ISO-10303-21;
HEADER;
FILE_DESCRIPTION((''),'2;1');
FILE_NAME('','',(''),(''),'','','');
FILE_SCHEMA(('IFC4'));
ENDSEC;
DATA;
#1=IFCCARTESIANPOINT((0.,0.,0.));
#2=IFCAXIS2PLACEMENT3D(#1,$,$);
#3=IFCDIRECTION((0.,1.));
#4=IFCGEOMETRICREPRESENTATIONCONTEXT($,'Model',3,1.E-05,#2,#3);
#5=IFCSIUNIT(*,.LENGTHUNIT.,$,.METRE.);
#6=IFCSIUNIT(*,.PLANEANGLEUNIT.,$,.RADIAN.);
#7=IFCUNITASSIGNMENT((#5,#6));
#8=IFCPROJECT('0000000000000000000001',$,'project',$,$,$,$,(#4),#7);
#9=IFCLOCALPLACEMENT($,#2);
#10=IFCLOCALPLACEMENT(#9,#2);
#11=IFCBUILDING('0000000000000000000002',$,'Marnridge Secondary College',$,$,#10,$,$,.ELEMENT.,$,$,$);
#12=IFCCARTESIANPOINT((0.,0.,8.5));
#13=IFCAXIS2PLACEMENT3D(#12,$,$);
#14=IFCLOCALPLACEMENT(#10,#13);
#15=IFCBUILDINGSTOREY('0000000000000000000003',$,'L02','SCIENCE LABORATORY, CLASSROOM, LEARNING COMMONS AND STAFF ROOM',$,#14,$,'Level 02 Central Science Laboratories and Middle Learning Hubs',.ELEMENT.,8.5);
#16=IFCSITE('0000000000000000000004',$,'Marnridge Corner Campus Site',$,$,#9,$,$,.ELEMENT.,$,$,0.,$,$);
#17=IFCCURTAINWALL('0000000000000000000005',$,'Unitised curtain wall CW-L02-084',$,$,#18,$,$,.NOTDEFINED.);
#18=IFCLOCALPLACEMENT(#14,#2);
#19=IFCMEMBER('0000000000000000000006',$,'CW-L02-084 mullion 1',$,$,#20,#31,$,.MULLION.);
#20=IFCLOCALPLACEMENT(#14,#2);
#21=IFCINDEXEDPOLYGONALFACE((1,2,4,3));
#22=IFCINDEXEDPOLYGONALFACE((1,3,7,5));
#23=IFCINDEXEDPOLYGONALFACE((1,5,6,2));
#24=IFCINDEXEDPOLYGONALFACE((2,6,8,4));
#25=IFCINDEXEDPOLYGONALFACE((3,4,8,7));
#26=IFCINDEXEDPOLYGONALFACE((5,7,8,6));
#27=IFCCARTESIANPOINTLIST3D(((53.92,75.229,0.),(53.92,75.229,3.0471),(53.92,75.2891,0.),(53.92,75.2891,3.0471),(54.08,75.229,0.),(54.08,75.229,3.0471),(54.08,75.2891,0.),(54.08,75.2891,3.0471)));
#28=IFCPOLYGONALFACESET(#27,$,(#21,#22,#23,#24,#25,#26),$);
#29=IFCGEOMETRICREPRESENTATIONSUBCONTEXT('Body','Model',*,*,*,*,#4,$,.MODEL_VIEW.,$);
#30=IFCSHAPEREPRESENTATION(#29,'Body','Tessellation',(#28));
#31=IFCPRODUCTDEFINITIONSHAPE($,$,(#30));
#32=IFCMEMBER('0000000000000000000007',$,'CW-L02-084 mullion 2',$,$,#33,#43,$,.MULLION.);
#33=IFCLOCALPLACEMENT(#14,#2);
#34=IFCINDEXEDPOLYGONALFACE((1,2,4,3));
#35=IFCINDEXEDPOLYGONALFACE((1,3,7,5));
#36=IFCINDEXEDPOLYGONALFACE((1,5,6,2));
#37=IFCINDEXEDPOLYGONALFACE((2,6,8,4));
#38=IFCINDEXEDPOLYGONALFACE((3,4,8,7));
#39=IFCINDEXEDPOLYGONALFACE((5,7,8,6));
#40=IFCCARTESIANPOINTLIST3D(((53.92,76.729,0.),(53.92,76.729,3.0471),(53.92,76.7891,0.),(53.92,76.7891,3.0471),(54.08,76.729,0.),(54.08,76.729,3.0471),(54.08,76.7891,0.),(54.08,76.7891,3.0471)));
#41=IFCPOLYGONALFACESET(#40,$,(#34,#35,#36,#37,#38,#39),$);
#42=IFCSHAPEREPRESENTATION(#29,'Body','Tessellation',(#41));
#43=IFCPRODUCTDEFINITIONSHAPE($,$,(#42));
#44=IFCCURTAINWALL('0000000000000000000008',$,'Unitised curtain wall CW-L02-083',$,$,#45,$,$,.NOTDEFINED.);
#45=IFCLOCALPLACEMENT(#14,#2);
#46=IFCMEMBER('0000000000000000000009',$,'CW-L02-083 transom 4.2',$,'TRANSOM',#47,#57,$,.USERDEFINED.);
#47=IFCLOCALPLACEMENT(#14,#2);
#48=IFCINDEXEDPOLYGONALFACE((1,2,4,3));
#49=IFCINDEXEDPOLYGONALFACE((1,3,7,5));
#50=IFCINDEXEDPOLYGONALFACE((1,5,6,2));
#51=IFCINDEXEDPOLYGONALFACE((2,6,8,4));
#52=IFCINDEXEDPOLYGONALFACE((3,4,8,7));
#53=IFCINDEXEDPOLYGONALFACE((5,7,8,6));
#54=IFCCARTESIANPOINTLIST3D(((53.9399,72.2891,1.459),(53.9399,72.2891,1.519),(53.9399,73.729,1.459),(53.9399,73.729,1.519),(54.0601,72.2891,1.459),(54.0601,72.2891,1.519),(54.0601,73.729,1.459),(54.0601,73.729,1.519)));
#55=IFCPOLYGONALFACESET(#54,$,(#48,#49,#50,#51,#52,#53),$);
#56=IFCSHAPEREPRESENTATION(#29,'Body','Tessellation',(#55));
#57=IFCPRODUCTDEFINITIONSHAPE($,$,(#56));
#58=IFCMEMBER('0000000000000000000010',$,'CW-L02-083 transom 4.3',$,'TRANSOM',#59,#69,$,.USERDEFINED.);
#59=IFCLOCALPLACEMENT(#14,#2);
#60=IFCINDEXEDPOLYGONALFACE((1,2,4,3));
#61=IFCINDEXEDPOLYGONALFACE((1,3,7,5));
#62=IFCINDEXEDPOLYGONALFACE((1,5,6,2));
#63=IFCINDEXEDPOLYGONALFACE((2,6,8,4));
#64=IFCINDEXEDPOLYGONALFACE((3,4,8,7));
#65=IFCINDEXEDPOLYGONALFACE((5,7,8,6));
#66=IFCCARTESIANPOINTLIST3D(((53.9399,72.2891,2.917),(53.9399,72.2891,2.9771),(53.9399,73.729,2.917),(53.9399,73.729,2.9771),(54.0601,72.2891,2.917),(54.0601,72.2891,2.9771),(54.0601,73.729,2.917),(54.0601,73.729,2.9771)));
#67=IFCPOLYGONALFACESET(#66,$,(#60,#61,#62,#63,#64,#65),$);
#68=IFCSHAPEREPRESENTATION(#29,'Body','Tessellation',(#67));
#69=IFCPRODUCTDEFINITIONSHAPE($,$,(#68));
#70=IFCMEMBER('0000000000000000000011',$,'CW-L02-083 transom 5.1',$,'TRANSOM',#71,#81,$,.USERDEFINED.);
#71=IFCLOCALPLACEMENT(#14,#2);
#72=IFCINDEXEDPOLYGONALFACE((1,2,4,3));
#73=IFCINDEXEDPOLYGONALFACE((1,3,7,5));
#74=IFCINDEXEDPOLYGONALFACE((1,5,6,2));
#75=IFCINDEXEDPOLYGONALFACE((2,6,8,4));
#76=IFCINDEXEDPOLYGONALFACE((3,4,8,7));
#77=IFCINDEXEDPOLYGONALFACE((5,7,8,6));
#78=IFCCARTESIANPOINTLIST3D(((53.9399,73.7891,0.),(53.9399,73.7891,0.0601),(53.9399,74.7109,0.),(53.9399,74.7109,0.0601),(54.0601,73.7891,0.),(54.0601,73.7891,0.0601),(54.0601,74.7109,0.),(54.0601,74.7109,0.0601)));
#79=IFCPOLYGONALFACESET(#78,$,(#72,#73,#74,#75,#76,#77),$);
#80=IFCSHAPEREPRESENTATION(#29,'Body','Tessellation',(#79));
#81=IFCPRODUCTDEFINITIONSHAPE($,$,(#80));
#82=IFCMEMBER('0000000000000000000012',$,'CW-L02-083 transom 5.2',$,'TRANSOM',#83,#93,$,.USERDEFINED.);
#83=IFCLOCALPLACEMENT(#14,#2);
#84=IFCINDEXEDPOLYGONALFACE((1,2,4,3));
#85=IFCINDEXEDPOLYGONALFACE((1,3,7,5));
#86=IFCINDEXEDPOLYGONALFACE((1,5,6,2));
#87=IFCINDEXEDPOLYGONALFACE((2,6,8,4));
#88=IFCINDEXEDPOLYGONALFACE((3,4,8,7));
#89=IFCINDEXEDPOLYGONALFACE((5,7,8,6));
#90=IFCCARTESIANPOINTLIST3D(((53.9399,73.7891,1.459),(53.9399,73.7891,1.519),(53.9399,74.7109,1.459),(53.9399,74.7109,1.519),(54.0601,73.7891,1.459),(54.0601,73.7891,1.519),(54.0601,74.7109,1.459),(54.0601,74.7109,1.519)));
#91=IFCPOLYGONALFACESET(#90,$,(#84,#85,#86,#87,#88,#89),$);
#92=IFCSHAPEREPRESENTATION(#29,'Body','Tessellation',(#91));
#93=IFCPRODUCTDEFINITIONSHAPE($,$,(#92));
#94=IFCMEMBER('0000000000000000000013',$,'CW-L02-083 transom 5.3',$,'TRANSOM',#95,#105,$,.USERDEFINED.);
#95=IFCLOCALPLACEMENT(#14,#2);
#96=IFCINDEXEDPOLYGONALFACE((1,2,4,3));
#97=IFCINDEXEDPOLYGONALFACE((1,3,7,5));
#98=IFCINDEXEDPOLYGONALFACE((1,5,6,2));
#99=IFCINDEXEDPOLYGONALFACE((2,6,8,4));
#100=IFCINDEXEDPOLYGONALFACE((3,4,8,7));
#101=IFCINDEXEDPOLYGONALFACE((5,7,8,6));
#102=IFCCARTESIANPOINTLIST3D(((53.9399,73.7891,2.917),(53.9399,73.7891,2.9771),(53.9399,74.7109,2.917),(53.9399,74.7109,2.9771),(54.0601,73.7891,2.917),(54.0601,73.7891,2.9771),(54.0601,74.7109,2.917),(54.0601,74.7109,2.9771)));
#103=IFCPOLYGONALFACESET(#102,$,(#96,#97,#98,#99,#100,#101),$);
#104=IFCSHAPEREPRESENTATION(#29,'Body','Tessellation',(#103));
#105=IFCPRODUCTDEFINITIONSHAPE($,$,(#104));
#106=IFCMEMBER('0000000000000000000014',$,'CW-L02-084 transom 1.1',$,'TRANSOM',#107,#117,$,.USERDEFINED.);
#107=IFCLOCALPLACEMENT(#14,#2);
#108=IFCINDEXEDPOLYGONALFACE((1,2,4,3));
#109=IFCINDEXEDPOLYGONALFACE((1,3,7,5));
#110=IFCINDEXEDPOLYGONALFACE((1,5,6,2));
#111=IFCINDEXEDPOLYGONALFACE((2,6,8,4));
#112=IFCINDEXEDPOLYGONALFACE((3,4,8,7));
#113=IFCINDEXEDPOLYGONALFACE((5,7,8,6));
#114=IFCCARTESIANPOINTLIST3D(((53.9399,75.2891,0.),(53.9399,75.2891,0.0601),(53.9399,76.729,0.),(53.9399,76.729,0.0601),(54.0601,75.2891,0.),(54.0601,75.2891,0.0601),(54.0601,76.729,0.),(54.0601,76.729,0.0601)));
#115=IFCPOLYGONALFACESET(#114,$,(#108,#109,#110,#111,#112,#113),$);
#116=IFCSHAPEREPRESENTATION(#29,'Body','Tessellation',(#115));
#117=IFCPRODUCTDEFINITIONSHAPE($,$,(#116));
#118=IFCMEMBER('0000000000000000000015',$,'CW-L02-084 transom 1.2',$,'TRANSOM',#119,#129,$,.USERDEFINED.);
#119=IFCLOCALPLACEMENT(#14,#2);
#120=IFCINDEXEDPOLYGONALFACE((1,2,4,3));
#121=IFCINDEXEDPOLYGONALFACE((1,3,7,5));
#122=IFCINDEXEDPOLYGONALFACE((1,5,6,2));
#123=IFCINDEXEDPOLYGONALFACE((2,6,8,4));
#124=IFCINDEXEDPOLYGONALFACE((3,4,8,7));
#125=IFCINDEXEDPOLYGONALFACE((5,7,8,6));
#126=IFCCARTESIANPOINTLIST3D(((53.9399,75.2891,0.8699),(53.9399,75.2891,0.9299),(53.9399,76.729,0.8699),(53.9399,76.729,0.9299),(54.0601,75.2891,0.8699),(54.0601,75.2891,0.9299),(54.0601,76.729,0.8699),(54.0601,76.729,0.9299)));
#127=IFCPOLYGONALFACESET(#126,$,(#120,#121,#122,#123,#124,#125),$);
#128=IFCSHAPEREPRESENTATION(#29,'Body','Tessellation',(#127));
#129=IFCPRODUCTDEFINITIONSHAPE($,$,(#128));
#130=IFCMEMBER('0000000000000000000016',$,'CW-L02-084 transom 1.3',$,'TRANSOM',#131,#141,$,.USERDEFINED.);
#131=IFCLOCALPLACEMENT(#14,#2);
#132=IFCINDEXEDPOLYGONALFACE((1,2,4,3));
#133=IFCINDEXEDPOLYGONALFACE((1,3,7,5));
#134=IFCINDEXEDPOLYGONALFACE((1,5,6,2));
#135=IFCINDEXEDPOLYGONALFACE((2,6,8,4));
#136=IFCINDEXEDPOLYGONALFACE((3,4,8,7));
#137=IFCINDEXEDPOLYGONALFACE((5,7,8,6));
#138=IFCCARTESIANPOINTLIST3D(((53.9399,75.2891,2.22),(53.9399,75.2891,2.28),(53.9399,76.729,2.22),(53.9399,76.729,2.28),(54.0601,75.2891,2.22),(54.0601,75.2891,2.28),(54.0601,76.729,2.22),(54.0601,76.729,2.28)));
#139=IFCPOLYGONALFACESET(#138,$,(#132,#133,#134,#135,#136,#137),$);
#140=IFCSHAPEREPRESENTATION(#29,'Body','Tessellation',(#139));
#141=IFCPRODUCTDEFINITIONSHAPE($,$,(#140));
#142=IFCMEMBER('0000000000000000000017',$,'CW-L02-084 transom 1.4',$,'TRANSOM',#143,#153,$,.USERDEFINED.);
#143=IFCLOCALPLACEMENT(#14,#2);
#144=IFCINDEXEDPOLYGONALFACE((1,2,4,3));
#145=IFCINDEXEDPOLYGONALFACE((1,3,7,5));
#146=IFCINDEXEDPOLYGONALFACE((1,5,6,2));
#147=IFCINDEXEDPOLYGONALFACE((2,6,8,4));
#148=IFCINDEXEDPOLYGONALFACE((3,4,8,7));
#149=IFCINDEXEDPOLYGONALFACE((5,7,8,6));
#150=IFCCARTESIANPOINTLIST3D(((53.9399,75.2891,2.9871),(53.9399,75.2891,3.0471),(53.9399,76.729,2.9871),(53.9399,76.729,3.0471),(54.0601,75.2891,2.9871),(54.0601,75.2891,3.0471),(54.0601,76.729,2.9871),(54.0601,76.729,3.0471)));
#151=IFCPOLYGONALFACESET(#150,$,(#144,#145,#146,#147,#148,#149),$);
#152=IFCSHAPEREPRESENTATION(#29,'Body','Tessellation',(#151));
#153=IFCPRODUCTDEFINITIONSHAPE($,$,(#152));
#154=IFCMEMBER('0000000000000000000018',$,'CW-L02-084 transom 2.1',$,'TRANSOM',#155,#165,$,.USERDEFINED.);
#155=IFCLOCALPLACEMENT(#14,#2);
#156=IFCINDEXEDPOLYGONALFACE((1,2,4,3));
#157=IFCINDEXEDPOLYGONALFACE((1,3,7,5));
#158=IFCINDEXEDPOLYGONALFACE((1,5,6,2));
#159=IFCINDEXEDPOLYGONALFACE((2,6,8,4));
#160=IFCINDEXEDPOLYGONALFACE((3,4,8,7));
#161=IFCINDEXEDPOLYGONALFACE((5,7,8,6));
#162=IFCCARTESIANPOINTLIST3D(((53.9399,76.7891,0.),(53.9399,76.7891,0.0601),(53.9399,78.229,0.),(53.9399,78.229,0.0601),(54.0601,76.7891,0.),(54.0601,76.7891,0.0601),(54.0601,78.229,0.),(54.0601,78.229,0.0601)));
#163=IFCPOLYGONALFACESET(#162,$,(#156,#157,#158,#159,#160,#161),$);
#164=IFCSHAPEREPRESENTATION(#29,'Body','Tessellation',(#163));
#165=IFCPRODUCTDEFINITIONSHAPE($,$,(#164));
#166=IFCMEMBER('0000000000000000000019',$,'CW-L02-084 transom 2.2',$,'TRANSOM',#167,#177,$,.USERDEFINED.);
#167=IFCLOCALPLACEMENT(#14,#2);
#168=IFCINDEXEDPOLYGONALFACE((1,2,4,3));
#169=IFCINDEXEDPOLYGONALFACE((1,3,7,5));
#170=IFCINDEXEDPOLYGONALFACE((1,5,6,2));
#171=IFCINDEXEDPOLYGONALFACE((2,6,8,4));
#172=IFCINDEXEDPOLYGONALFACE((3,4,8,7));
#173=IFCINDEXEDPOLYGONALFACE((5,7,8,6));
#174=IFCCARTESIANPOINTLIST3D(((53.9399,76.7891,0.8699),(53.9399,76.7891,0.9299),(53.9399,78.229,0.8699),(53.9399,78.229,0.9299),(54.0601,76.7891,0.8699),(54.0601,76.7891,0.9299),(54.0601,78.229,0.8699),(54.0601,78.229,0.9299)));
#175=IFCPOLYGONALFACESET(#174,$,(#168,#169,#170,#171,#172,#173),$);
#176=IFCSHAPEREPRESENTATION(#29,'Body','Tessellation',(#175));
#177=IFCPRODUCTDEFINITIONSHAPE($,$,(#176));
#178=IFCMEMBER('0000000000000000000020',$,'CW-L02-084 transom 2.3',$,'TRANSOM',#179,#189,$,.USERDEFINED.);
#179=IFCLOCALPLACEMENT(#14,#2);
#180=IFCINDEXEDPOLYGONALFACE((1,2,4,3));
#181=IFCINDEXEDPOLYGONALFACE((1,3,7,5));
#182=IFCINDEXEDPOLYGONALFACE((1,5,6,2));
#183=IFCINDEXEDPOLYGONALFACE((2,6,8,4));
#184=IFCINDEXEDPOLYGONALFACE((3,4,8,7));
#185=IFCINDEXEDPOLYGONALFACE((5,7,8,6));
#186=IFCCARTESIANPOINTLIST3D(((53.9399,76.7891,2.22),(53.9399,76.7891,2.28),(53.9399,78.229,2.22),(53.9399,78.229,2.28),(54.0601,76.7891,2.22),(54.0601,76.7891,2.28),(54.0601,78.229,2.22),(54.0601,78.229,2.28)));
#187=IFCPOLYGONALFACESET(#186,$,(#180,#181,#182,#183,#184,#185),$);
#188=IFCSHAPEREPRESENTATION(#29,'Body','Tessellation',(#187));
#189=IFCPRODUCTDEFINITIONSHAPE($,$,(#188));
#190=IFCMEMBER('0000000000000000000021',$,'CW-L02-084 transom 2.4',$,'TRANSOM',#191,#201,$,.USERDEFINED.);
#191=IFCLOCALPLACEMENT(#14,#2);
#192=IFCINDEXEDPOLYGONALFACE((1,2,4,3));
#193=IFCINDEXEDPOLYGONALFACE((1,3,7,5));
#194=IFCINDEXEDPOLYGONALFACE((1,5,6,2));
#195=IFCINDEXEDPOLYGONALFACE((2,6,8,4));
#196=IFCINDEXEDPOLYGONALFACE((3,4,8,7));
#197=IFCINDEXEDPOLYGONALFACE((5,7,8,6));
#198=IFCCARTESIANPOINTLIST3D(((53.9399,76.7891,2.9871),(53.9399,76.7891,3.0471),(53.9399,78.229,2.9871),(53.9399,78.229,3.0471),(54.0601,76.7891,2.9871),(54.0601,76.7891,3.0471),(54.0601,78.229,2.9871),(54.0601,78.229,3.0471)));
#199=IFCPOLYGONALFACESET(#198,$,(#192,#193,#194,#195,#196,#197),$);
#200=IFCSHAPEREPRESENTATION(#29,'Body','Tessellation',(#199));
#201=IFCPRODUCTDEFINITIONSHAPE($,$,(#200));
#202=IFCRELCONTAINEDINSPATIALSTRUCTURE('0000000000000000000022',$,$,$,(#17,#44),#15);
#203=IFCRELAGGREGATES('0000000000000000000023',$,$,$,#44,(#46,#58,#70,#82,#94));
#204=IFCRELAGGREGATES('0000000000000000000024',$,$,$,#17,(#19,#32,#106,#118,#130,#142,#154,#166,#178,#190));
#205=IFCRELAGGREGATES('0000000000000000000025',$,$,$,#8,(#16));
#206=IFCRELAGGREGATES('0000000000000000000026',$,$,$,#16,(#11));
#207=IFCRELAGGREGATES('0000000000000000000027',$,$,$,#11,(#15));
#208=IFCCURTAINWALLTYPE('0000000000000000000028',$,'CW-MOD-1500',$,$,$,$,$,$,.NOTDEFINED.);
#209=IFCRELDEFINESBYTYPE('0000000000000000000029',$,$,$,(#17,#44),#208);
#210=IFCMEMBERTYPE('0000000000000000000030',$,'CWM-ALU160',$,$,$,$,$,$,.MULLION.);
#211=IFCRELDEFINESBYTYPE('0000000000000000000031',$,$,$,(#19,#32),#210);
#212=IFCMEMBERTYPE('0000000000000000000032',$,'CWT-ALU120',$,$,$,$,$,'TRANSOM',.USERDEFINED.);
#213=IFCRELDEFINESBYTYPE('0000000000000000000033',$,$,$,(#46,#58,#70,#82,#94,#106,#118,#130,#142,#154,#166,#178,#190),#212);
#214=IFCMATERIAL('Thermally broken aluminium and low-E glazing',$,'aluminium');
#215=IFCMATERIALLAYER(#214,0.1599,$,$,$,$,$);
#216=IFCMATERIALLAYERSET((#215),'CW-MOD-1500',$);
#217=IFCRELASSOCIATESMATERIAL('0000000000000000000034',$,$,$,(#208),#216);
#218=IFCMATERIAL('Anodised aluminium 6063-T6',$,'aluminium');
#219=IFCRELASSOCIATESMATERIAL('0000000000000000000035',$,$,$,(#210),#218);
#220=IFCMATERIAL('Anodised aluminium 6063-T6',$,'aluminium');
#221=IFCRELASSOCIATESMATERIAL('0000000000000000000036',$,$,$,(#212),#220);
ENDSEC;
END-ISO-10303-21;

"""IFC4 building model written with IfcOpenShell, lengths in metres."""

from ifc_helpers import new_model, si_unit, direction, frame, origin, origin_2d, place, context, subcontext, project, spatial, rectangle, extrude, material, layer, layer_set, material_profile, profile_set, type_object, element, aggregate, save


model = new_model("IFC4")

# Units and contexts
model_context = context("Model", 3, precision=1e-05, world=origin(), true_north=direction((0.0, 1.0)))
body_context = subcontext(model_context, "Body", "Model", "MODEL_VIEW")
ifc_project = project(units=[si_unit("LENGTHUNIT", "METRE"), si_unit("PLANEANGLEUNIT", "RADIAN")], contexts=[model_context])

# Site, building, storey
site_placement = place(None, origin())
site = spatial("IfcSite", under=ifc_project, at=site_placement, Name="Marnridge Corner Campus Site", CompositionType="ELEMENT", RefElevation=0.0)
building_placement = place(site_placement, origin())
building = spatial("IfcBuilding", under=site, at=building_placement, Name="Marnridge Secondary College", CompositionType="ELEMENT")
storey_placement = place(building_placement, frame((0.0, 0.0, 8.5)))
storey = spatial("IfcBuildingStorey", under=building, at=storey_placement, Name="L02", Description="SCIENCE LABORATORY, CLASSROOM, LEARNING COMMONS AND STAFF ROOM", LongName="Level 02 Central Science Laboratories and Middle Learning Hubs", CompositionType="ELEMENT", Elevation=8.5)

# Curtain walls, members
ifc_material_1 = material(Name="Thermally broken aluminium and low-E glazing", Category="aluminium")
ifc_layer_1 = layer(ifc_material_1, 0.1599)
ifc_layer_set_1 = layer_set([ifc_layer_1], Name="CW-MOD-1500")
curtain_wall_type = type_object("IfcCurtainWallType", Name="CW-MOD-1500", PredefinedType="NOTDEFINED", material=ifc_layer_set_1)
curtain_wall_1_placement = place(storey_placement, origin())
curtain_wall_1 = element("IfcCurtainWall", 1, at=curtain_wall_1_placement, inside=storey, type_object=curtain_wall_type, Name="Unitised curtain wall CW-L02-084", PredefinedType="NOTDEFINED")
ifc_material_2 = material(Name="Anodised aluminium 6063-T6", Category="aluminium")
ifc_material_profile_1 = material_profile(ifc_material_2, rectangle(XDim=0.0601, YDim=0.1599, at=origin_2d()), Name="ALU 60x160")
ifc_profile_set_1 = profile_set([ifc_material_profile_1], Name="Anodised aluminium 6063-T6")
member_type_1 = type_object("IfcMemberType", Name="CWM-ALU160", PredefinedType="MULLION", material=ifc_profile_set_1)
member_1_placement = place(storey_placement, frame((54.0, 75.259, 0.0), z_axis=(0.0, 0.0, 1.0), x_axis=(0.0, 1.0, 0.0)))
member_1 = element("IfcMember", 2, at=member_1_placement, type_object=member_type_1, Name="CW-L02-084 mullion 1", PredefinedType="MULLION", context=body_context, shape_type="SweptSolid", body=[
    extrude(rectangle(XDim=0.0601, YDim=0.1599, at=origin_2d()), origin(), (0.0, 0.0, 1.0), 3.0471),
])
member_2_placement = place(storey_placement, frame((54.0, 76.759, 0.0), z_axis=(0.0, 0.0, 1.0), x_axis=(0.0, 1.0, 0.0)))
member_2 = element("IfcMember", 3, at=member_2_placement, type_object=member_type_1, Name="CW-L02-084 mullion 2", PredefinedType="MULLION", context=body_context, shape_type="SweptSolid", body=[
    extrude(rectangle(XDim=0.0601, YDim=0.1599, at=origin_2d()), origin(), (0.0, 0.0, 1.0), 3.0471),
])
curtain_wall_2_placement = place(storey_placement, origin())
curtain_wall_2 = element("IfcCurtainWall", 4, at=curtain_wall_2_placement, inside=storey, type_object=curtain_wall_type, Name="Unitised curtain wall CW-L02-083", PredefinedType="NOTDEFINED")
ifc_material_3 = material(Name="Anodised aluminium 6063-T6", Category="aluminium")
ifc_material_profile_2 = material_profile(ifc_material_3, rectangle(XDim=0.0601, YDim=0.1201, at=origin_2d()), Name="ALU 60x120")
ifc_profile_set_2 = profile_set([ifc_material_profile_2], Name="Anodised aluminium 6063-T6")
member_type_2 = type_object("IfcMemberType", Name="CWT-ALU120", ElementType="TRANSOM", PredefinedType="USERDEFINED", material=ifc_profile_set_2)
member_3_placement = place(storey_placement, frame((54.0, 72.2891, 1.489), z_axis=(0.0, 1.0, 0.0), x_axis=(0.0, 0.0, 1.0)))
member_3 = element("IfcMember", 5, at=member_3_placement, type_object=member_type_2, Name="CW-L02-083 transom 4.2", ObjectType="TRANSOM", PredefinedType="USERDEFINED", context=body_context, shape_type="SweptSolid", body=[
    extrude(rectangle(XDim=0.0601, YDim=0.1201, at=origin_2d()), origin(), (0.0, 0.0, 1.0), 1.4399),
])
member_4_placement = place(storey_placement, frame((54.0, 72.2891, 2.947), z_axis=(0.0, 1.0, 0.0), x_axis=(0.0, 0.0, 1.0)))
member_4 = element("IfcMember", 6, at=member_4_placement, type_object=member_type_2, Name="CW-L02-083 transom 4.3", ObjectType="TRANSOM", PredefinedType="USERDEFINED", context=body_context, shape_type="SweptSolid", body=[
    extrude(rectangle(XDim=0.0601, YDim=0.1201, at=origin_2d()), origin(), (0.0, 0.0, 1.0), 1.4399),
])
member_5_placement = place(storey_placement, frame((54.0, 73.7891, 0.03), z_axis=(0.0, 1.0, 0.0), x_axis=(0.0, 0.0, 1.0)))
member_5 = element("IfcMember", 7, at=member_5_placement, type_object=member_type_2, Name="CW-L02-083 transom 5.1", ObjectType="TRANSOM", PredefinedType="USERDEFINED", context=body_context, shape_type="SweptSolid", body=[
    extrude(rectangle(XDim=0.0601, YDim=0.1201, at=origin_2d()), origin(), (0.0, 0.0, 1.0), 0.9219),
])
member_6_placement = place(storey_placement, frame((54.0, 73.7891, 1.489), z_axis=(0.0, 1.0, 0.0), x_axis=(0.0, 0.0, 1.0)))
member_6 = element("IfcMember", 8, at=member_6_placement, type_object=member_type_2, Name="CW-L02-083 transom 5.2", ObjectType="TRANSOM", PredefinedType="USERDEFINED", context=body_context, shape_type="SweptSolid", body=[
    extrude(rectangle(XDim=0.0601, YDim=0.1201, at=origin_2d()), origin(), (0.0, 0.0, 1.0), 0.9219),
])
member_7_placement = place(storey_placement, frame((54.0, 73.7891, 2.947), z_axis=(0.0, 1.0, 0.0), x_axis=(0.0, 0.0, 1.0)))
member_7 = element("IfcMember", 9, at=member_7_placement, type_object=member_type_2, Name="CW-L02-083 transom 5.3", ObjectType="TRANSOM", PredefinedType="USERDEFINED", context=body_context, shape_type="SweptSolid", body=[
    extrude(rectangle(XDim=0.0601, YDim=0.1201, at=origin_2d()), origin(), (0.0, 0.0, 1.0), 0.9219),
])

# Members
member_8_placement = place(storey_placement, frame((54.0, 75.2891, 0.03), z_axis=(0.0, 1.0, 0.0), x_axis=(0.0, 0.0, 1.0)))
member_8 = element("IfcMember", 10, at=member_8_placement, type_object=member_type_2, Name="CW-L02-084 transom 1.1", ObjectType="TRANSOM", PredefinedType="USERDEFINED", context=body_context, shape_type="SweptSolid", body=[
    extrude(rectangle(XDim=0.0601, YDim=0.1201, at=origin_2d()), origin(), (0.0, 0.0, 1.0), 1.4399),
])
member_9_placement = place(storey_placement, frame((54.0, 75.2891, 0.8999), z_axis=(0.0, 1.0, 0.0), x_axis=(0.0, 0.0, 1.0)))
member_9 = element("IfcMember", 11, at=member_9_placement, type_object=member_type_2, Name="CW-L02-084 transom 1.2", ObjectType="TRANSOM", PredefinedType="USERDEFINED", context=body_context, shape_type="SweptSolid", body=[
    extrude(rectangle(XDim=0.0601, YDim=0.1201, at=origin_2d()), origin(), (0.0, 0.0, 1.0), 1.4399),
])
member_10_placement = place(storey_placement, frame((54.0, 75.2891, 2.25), z_axis=(0.0, 1.0, 0.0), x_axis=(0.0, 0.0, 1.0)))
member_10 = element("IfcMember", 12, at=member_10_placement, type_object=member_type_2, Name="CW-L02-084 transom 1.3", ObjectType="TRANSOM", PredefinedType="USERDEFINED", context=body_context, shape_type="SweptSolid", body=[
    extrude(rectangle(XDim=0.0601, YDim=0.1201, at=origin_2d()), origin(), (0.0, 0.0, 1.0), 1.4399),
])
member_11_placement = place(storey_placement, frame((54.0, 75.2891, 3.0171), z_axis=(0.0, 1.0, 0.0), x_axis=(0.0, 0.0, 1.0)))
member_11 = element("IfcMember", 13, at=member_11_placement, type_object=member_type_2, Name="CW-L02-084 transom 1.4", ObjectType="TRANSOM", PredefinedType="USERDEFINED", context=body_context, shape_type="SweptSolid", body=[
    extrude(rectangle(XDim=0.0601, YDim=0.1201, at=origin_2d()), origin(), (0.0, 0.0, 1.0), 1.4399),
])
member_12_placement = place(storey_placement, frame((54.0, 76.7891, 0.03), z_axis=(0.0, 1.0, 0.0), x_axis=(0.0, 0.0, 1.0)))
member_12 = element("IfcMember", 14, at=member_12_placement, type_object=member_type_2, Name="CW-L02-084 transom 2.1", ObjectType="TRANSOM", PredefinedType="USERDEFINED", context=body_context, shape_type="SweptSolid", body=[
    extrude(rectangle(XDim=0.0601, YDim=0.1201, at=origin_2d()), origin(), (0.0, 0.0, 1.0), 1.4399),
])
member_13_placement = place(storey_placement, frame((54.0, 76.7891, 0.8999), z_axis=(0.0, 1.0, 0.0), x_axis=(0.0, 0.0, 1.0)))
member_13 = element("IfcMember", 15, at=member_13_placement, type_object=member_type_2, Name="CW-L02-084 transom 2.2", ObjectType="TRANSOM", PredefinedType="USERDEFINED", context=body_context, shape_type="SweptSolid", body=[
    extrude(rectangle(XDim=0.0601, YDim=0.1201, at=origin_2d()), origin(), (0.0, 0.0, 1.0), 1.4399),
])
member_14_placement = place(storey_placement, frame((54.0, 76.7891, 2.25), z_axis=(0.0, 1.0, 0.0), x_axis=(0.0, 0.0, 1.0)))
member_14 = element("IfcMember", 16, at=member_14_placement, type_object=member_type_2, Name="CW-L02-084 transom 2.3", ObjectType="TRANSOM", PredefinedType="USERDEFINED", context=body_context, shape_type="SweptSolid", body=[
    extrude(rectangle(XDim=0.0601, YDim=0.1201, at=origin_2d()), origin(), (0.0, 0.0, 1.0), 1.4399),
])
member_15_placement = place(storey_placement, frame((54.0, 76.7891, 3.0171), z_axis=(0.0, 1.0, 0.0), x_axis=(0.0, 0.0, 1.0)))
member_15 = element("IfcMember", 17, at=member_15_placement, type_object=member_type_2, Name="CW-L02-084 transom 2.4", ObjectType="TRANSOM", PredefinedType="USERDEFINED", context=body_context, shape_type="SweptSolid", body=[
    extrude(rectangle(XDim=0.0601, YDim=0.1201, at=origin_2d()), origin(), (0.0, 0.0, 1.0), 1.4399),
])

aggregate(curtain_wall_2, [member_3, member_4, member_5, member_6, member_7])
aggregate(curtain_wall_1, [member_1, member_2, member_8, member_9, member_10, member_11, member_12, member_13, member_14, member_15])

save(model, "model.ifc")
